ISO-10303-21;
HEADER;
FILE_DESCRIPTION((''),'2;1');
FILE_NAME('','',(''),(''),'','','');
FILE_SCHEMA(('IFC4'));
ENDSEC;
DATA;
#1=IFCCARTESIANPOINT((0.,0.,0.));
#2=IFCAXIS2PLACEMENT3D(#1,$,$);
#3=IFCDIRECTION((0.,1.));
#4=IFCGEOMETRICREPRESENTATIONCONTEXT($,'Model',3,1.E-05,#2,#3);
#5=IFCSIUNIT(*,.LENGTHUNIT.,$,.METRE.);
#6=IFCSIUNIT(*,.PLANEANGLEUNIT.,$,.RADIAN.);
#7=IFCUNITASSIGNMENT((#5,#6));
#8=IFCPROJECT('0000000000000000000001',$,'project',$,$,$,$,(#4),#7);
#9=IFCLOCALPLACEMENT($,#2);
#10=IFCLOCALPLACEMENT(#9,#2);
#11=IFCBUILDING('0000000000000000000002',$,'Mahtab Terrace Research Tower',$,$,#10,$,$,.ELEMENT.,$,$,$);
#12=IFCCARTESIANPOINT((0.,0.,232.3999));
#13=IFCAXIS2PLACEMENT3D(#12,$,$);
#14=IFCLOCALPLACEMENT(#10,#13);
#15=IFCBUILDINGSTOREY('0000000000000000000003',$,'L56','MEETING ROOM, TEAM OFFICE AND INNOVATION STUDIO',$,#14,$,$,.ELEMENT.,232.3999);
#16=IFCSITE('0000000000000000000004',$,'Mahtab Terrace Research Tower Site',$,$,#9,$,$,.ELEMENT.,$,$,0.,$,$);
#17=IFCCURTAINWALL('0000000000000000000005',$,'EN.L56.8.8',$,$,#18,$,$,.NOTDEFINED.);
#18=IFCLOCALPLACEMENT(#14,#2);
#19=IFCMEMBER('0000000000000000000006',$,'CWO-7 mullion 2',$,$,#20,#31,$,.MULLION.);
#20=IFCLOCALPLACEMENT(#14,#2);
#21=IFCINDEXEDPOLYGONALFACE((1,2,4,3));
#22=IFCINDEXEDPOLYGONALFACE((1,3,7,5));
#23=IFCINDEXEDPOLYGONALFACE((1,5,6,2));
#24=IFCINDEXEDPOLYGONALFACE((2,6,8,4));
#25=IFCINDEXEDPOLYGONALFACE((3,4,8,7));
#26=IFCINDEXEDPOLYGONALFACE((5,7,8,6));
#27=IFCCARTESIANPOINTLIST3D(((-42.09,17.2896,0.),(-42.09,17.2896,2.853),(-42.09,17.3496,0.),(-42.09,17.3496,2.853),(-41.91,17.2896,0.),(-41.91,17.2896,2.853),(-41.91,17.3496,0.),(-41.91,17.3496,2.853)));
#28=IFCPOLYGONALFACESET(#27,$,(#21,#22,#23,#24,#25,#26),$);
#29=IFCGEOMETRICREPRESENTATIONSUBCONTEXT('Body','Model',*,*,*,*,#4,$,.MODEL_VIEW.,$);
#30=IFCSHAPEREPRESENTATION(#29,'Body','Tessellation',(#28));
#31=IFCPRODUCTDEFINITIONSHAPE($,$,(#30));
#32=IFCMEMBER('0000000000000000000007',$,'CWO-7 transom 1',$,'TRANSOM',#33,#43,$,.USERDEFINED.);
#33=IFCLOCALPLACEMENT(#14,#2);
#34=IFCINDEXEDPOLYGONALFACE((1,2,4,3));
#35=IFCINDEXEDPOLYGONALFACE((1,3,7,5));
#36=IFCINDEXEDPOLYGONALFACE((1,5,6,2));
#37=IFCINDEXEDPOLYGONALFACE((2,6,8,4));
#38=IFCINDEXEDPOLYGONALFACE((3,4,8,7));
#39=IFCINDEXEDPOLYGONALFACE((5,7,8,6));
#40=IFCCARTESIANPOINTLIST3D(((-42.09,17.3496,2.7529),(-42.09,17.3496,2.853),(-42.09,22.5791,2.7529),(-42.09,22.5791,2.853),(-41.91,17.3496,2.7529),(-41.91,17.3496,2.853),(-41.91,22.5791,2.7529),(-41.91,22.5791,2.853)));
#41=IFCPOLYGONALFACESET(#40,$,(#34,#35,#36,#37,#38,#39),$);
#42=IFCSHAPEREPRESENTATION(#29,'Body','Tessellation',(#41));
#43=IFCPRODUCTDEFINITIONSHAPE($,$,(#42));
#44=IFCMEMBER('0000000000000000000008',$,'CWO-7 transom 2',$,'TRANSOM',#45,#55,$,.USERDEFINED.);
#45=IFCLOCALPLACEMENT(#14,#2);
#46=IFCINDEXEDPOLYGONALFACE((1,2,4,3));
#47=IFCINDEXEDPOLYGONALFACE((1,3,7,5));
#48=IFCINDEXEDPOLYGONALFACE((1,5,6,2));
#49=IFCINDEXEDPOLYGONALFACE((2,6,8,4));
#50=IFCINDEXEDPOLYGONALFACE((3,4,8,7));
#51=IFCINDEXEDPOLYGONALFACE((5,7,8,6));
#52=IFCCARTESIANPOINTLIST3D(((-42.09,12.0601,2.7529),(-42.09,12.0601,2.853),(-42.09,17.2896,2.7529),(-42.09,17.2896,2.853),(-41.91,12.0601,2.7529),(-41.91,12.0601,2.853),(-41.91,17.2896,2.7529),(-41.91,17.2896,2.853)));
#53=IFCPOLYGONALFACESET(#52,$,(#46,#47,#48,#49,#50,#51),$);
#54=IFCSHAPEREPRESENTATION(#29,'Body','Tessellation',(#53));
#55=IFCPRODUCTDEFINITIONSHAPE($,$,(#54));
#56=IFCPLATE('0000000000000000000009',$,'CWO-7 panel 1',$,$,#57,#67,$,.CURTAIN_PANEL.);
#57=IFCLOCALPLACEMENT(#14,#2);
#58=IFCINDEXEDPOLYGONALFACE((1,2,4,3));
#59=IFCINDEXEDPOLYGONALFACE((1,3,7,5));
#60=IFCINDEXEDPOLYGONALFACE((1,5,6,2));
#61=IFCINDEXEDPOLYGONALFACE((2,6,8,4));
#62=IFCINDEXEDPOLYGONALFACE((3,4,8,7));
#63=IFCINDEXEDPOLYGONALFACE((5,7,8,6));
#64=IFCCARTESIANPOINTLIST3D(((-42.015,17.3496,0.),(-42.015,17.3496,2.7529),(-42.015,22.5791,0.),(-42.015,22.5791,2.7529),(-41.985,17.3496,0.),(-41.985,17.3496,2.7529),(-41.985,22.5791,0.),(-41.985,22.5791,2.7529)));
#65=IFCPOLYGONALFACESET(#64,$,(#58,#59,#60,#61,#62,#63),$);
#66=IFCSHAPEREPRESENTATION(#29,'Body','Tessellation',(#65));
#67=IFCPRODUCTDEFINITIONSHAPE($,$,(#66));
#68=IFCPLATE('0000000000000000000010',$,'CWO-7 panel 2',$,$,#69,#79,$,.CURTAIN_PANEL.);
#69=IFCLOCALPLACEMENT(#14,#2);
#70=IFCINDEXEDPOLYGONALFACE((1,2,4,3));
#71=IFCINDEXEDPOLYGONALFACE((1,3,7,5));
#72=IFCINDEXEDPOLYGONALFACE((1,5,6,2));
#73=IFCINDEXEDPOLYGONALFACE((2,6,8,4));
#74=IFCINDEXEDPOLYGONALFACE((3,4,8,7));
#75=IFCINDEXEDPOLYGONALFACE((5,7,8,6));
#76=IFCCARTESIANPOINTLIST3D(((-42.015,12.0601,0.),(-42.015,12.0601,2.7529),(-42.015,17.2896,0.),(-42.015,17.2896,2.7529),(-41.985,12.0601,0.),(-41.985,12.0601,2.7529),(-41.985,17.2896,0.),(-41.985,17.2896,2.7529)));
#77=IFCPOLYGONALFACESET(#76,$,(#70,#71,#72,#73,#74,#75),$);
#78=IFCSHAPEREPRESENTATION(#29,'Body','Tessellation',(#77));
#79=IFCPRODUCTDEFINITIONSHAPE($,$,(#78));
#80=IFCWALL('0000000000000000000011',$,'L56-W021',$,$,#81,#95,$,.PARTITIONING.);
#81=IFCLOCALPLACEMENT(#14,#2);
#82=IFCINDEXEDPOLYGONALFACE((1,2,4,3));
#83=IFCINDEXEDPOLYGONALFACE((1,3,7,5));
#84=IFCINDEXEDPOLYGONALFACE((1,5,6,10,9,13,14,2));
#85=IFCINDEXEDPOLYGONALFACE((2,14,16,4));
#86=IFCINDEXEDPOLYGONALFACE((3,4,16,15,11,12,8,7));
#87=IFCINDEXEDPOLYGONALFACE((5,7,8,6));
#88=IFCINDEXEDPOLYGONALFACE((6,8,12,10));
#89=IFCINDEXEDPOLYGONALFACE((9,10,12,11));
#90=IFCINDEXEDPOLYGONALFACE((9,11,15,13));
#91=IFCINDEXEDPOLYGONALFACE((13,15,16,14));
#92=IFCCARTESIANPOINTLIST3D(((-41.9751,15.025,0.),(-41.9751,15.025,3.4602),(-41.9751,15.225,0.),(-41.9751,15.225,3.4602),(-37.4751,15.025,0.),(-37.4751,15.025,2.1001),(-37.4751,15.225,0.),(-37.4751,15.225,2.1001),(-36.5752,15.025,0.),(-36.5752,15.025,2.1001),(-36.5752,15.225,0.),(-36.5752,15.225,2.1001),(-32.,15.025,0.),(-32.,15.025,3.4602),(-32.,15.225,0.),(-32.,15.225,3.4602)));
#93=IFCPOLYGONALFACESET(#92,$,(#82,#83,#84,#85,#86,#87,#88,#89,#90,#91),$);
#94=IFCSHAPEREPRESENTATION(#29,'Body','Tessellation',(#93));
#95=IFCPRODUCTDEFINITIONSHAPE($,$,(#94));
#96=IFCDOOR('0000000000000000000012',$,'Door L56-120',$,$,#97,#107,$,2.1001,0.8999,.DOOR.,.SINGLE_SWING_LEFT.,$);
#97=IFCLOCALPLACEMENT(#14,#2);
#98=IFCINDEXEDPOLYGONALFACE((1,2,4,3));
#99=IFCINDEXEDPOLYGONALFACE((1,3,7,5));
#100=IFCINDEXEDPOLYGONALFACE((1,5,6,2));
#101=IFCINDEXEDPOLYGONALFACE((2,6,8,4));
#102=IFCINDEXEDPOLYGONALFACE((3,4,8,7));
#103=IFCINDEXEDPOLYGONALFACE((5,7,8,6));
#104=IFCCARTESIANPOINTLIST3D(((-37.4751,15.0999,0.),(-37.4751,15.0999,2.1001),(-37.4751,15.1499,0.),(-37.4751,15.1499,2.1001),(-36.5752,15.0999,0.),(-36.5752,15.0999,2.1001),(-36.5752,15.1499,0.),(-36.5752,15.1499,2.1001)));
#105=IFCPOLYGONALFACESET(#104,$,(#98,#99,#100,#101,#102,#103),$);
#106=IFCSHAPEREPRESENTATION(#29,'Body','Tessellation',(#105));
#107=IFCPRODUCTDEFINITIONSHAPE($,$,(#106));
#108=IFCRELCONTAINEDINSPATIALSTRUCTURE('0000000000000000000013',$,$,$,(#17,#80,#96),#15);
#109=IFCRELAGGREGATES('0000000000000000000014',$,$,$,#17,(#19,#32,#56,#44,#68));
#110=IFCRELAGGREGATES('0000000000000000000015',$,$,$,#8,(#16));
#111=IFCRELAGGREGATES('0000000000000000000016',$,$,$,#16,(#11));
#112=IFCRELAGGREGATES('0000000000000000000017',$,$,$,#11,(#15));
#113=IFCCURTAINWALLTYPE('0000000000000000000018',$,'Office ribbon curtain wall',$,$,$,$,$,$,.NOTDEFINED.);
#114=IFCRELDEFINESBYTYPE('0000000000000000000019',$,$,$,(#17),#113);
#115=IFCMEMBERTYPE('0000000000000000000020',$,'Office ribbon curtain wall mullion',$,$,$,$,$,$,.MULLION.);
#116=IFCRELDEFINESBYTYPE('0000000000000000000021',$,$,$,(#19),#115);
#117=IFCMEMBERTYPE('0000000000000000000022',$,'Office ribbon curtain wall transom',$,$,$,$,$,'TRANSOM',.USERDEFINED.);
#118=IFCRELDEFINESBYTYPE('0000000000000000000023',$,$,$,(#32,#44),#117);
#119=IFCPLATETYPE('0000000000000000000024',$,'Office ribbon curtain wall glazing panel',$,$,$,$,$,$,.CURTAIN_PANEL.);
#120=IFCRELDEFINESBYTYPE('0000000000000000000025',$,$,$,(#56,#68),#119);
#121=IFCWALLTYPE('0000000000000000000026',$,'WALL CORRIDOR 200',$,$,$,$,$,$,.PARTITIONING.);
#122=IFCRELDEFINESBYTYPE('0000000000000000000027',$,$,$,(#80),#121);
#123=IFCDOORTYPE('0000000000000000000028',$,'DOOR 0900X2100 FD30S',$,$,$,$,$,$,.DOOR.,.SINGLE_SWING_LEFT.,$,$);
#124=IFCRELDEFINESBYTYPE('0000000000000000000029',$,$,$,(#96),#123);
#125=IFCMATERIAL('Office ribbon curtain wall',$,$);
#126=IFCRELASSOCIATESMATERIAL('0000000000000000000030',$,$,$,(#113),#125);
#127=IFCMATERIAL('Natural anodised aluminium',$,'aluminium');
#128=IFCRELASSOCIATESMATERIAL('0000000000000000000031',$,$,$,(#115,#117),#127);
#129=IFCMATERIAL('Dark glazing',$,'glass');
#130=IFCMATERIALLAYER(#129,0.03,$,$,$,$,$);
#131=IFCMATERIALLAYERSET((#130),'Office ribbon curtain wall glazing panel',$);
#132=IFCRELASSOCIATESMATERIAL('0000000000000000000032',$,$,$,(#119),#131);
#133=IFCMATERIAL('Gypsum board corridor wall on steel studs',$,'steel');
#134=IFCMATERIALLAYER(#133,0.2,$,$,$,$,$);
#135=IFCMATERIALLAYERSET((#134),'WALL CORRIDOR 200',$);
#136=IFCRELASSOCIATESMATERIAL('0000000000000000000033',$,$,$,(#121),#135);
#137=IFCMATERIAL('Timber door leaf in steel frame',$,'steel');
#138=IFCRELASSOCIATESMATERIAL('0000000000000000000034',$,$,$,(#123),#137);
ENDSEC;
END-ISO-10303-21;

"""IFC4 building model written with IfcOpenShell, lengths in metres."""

from ifc_helpers import new_model, si_unit, direction, frame, frame_2d, origin, origin_2d, place, context, subcontext, project, spatial, rectangle, extrude, material, layer, layer_set, material_profile, profile_set, type_object, element, fill, aggregate, save


model = new_model("IFC4")

# Units and contexts
model_context = context("Model", 3, precision=1e-05, world=origin(), true_north=direction((0.0, 1.0)))
body_context = subcontext(model_context, "Body", "Model", "MODEL_VIEW")
ifc_project = project(units=[si_unit("LENGTHUNIT", "METRE"), si_unit("PLANEANGLEUNIT", "RADIAN")], contexts=[model_context])

# Site, building, storey
site_placement = place(None, origin())
site = spatial("IfcSite", under=ifc_project, at=site_placement, Name="Mahtab Terrace Research Tower Site", CompositionType="ELEMENT", RefElevation=0.0)
building_placement = place(site_placement, origin())
building = spatial("IfcBuilding", under=site, at=building_placement, Name="Mahtab Terrace Research Tower", CompositionType="ELEMENT")
storey_placement = place(building_placement, frame((0.0, 0.0, 232.3999)))
storey = spatial("IfcBuildingStorey", under=building, at=storey_placement, Name="L56", Description="MEETING ROOM, TEAM OFFICE AND INNOVATION STUDIO", CompositionType="ELEMENT", Elevation=232.3999)

# Curtain wall, members, plates
ifc_material_1 = material(Name="Office ribbon curtain wall")
curtain_wall_type = type_object("IfcCurtainWallType", Name="Office ribbon curtain wall", PredefinedType="NOTDEFINED", material=ifc_material_1)
curtain_wall_placement = place(storey_placement, origin())
curtain_wall = element("IfcCurtainWall", 1, at=curtain_wall_placement, inside=storey, type_object=curtain_wall_type, Name="EN.L56.8.8", PredefinedType="NOTDEFINED")
ifc_material_2 = material(Name="Natural anodised aluminium", Category="aluminium")
ifc_material_profile_1 = material_profile(ifc_material_2, rectangle(XDim=0.1799, YDim=0.0601, at=origin_2d()), Name="MULLION 60x180")
ifc_profile_set_1 = profile_set([ifc_material_profile_1], Name="Natural anodised aluminium")
member_type_1 = type_object("IfcMemberType", Name="Office ribbon curtain wall mullion", PredefinedType="MULLION", material=ifc_profile_set_1)
member_1_placement = place(storey_placement, frame((-42.0, 17.3196, 0.0), z_axis=(0.0, 0.0, 1.0), x_axis=(1.0, 0.0, 0.0)))
member_1 = element("IfcMember", 2, at=member_1_placement, type_object=member_type_1, Name="CWO-7 mullion 2", PredefinedType="MULLION", context=body_context, shape_type="SweptSolid", body=[
    extrude(rectangle(XDim=0.1799, YDim=0.0601, at=origin_2d()), origin(), (0.0, 0.0, 1.0), 2.853),
])
ifc_material_profile_2 = material_profile(ifc_material_2, rectangle(XDim=0.1799, YDim=0.1001, at=origin_2d()), Name="TRANSOM 100x180")
ifc_profile_set_2 = profile_set([ifc_material_profile_2], Name="Natural anodised aluminium")
member_type_2 = type_object("IfcMemberType", Name="Office ribbon curtain wall transom", ElementType="TRANSOM", PredefinedType="USERDEFINED", material=ifc_profile_set_2)
member_2_placement = place(storey_placement, frame((-42.0, 22.5791, 2.803), z_axis=(0.0, -1.0, 0.0), x_axis=(1.0, 0.0, 0.0)))
member_2 = element("IfcMember", 3, at=member_2_placement, type_object=member_type_2, Name="CWO-7 transom 1", ObjectType="TRANSOM", PredefinedType="USERDEFINED", context=body_context, shape_type="SweptSolid", body=[
    extrude(rectangle(XDim=0.1799, YDim=0.1001, at=origin_2d()), origin(), (0.0, 0.0, 1.0), 5.2295),
])
member_3_placement = place(storey_placement, frame((-42.0, 17.2896, 2.803), z_axis=(0.0, -1.0, 0.0), x_axis=(1.0, 0.0, 0.0)))
member_3 = element("IfcMember", 4, at=member_3_placement, type_object=member_type_2, Name="CWO-7 transom 2", ObjectType="TRANSOM", PredefinedType="USERDEFINED", context=body_context, shape_type="SweptSolid", body=[
    extrude(rectangle(XDim=0.1799, YDim=0.1001, at=origin_2d()), origin(), (0.0, 0.0, 1.0), 5.2295),
])
ifc_material_3 = material(Name="Dark glazing", Category="glass")
ifc_layer_1 = layer(ifc_material_3, 0.03)
ifc_layer_set_1 = layer_set([ifc_layer_1], Name="Office ribbon curtain wall glazing panel")
plate_type = type_object("IfcPlateType", Name="Office ribbon curtain wall glazing panel", PredefinedType="CURTAIN_PANEL", material=ifc_layer_set_1)
plate_1_placement = place(storey_placement, frame((-42.0, 19.9644, 0.0), z_axis=(0.0, 0.0, 1.0), x_axis=(0.0, -1.0, 0.0)))
plate_1 = element("IfcPlate", 5, at=plate_1_placement, type_object=plate_type, Name="CWO-7 panel 1", PredefinedType="CURTAIN_PANEL", context=body_context, shape_type="SweptSolid", body=[
    extrude(rectangle(XDim=5.2295, YDim=0.03, at=origin_2d()), origin(), (0.0, 0.0, 1.0), 2.7529),
])
plate_2_placement = place(storey_placement, frame((-42.0, 14.6748, 0.0), z_axis=(0.0, 0.0, 1.0), x_axis=(0.0, -1.0, 0.0)))
plate_2 = element("IfcPlate", 6, at=plate_2_placement, type_object=plate_type, Name="CWO-7 panel 2", PredefinedType="CURTAIN_PANEL", context=body_context, shape_type="SweptSolid", body=[
    extrude(rectangle(XDim=5.2295, YDim=0.03, at=origin_2d()), origin(), (0.0, 0.0, 1.0), 2.7529),
])
aggregate(curtain_wall, [member_1, member_2, plate_1, member_3, plate_2])

# Wall, opening, door
ifc_material_4 = material(Name="Gypsum board corridor wall on steel studs", Category="steel")
ifc_layer_2 = layer(ifc_material_4, 0.2)
ifc_layer_set_2 = layer_set([ifc_layer_2], Name="WALL CORRIDOR 200")
wall_type = type_object("IfcWallType", Name="WALL CORRIDOR 200", PredefinedType="PARTITIONING", material=ifc_layer_set_2)
wall_1_placement = place(storey_placement, frame((-41.9751, 15.125, 0.0), z_axis=(0.0, 0.0, 1.0), x_axis=(1.0, 0.0, 0.0)))
wall_1 = element("IfcWall", 7, at=wall_1_placement, inside=storey, type_object=wall_type, Name="L56-W021", PredefinedType="PARTITIONING", context=body_context, shape_type="SweptSolid", body=[
    extrude(rectangle(XDim=9.9751, YDim=0.2, at=frame_2d((4.9875, 0.0))), origin(), (0.0, 0.0, 1.0), 3.4602),
])
opening_1_placement = place(wall_1_placement, frame((4.5, 0.0, 0.0)))
opening_1 = element("IfcOpeningElement", 8, at=opening_1_placement, cuts=wall_1, PredefinedType="OPENING", context=body_context, shape_type="SweptSolid", body=[
    extrude(rectangle(XDim=0.8999, YDim=2.1001, at=frame_2d((0.45, 1.05))), frame((0.0, 0.1099, 0.0), z_axis=(0.0, -1.0, 0.0), x_axis=(1.0, 0.0, 0.0)), (0.0, 0.0, 1.0), 0.22),
])
ifc_material_5 = material(Name="Timber door leaf in steel frame", Category="steel")
door_type_1 = type_object("IfcDoorType", Name="DOOR 0900X2100 FD30S", OperationType="SINGLE_SWING_LEFT", PredefinedType="DOOR", material=ifc_material_5)
door_1_placement = place(opening_1_placement, origin())
door_1 = element("IfcDoor", 9, at=door_1_placement, inside=storey, type_object=door_type_1, Name="Door L56-120", OperationType="SINGLE_SWING_LEFT", OverallHeight=2.1001, OverallWidth=0.8999, PredefinedType="DOOR", context=body_context, shape_type="SweptSolid", body=[
    extrude(rectangle(XDim=0.8999, YDim=2.1001, at=frame_2d((0.45, 1.05))), frame((0.0, 0.0249, 0.0), z_axis=(0.0, -1.0, 0.0), x_axis=(1.0, 0.0, 0.0)), (0.0, 0.0, 1.0), 0.05),
])
fill(opening_1, door_1)

save(model, "model.ifc")
